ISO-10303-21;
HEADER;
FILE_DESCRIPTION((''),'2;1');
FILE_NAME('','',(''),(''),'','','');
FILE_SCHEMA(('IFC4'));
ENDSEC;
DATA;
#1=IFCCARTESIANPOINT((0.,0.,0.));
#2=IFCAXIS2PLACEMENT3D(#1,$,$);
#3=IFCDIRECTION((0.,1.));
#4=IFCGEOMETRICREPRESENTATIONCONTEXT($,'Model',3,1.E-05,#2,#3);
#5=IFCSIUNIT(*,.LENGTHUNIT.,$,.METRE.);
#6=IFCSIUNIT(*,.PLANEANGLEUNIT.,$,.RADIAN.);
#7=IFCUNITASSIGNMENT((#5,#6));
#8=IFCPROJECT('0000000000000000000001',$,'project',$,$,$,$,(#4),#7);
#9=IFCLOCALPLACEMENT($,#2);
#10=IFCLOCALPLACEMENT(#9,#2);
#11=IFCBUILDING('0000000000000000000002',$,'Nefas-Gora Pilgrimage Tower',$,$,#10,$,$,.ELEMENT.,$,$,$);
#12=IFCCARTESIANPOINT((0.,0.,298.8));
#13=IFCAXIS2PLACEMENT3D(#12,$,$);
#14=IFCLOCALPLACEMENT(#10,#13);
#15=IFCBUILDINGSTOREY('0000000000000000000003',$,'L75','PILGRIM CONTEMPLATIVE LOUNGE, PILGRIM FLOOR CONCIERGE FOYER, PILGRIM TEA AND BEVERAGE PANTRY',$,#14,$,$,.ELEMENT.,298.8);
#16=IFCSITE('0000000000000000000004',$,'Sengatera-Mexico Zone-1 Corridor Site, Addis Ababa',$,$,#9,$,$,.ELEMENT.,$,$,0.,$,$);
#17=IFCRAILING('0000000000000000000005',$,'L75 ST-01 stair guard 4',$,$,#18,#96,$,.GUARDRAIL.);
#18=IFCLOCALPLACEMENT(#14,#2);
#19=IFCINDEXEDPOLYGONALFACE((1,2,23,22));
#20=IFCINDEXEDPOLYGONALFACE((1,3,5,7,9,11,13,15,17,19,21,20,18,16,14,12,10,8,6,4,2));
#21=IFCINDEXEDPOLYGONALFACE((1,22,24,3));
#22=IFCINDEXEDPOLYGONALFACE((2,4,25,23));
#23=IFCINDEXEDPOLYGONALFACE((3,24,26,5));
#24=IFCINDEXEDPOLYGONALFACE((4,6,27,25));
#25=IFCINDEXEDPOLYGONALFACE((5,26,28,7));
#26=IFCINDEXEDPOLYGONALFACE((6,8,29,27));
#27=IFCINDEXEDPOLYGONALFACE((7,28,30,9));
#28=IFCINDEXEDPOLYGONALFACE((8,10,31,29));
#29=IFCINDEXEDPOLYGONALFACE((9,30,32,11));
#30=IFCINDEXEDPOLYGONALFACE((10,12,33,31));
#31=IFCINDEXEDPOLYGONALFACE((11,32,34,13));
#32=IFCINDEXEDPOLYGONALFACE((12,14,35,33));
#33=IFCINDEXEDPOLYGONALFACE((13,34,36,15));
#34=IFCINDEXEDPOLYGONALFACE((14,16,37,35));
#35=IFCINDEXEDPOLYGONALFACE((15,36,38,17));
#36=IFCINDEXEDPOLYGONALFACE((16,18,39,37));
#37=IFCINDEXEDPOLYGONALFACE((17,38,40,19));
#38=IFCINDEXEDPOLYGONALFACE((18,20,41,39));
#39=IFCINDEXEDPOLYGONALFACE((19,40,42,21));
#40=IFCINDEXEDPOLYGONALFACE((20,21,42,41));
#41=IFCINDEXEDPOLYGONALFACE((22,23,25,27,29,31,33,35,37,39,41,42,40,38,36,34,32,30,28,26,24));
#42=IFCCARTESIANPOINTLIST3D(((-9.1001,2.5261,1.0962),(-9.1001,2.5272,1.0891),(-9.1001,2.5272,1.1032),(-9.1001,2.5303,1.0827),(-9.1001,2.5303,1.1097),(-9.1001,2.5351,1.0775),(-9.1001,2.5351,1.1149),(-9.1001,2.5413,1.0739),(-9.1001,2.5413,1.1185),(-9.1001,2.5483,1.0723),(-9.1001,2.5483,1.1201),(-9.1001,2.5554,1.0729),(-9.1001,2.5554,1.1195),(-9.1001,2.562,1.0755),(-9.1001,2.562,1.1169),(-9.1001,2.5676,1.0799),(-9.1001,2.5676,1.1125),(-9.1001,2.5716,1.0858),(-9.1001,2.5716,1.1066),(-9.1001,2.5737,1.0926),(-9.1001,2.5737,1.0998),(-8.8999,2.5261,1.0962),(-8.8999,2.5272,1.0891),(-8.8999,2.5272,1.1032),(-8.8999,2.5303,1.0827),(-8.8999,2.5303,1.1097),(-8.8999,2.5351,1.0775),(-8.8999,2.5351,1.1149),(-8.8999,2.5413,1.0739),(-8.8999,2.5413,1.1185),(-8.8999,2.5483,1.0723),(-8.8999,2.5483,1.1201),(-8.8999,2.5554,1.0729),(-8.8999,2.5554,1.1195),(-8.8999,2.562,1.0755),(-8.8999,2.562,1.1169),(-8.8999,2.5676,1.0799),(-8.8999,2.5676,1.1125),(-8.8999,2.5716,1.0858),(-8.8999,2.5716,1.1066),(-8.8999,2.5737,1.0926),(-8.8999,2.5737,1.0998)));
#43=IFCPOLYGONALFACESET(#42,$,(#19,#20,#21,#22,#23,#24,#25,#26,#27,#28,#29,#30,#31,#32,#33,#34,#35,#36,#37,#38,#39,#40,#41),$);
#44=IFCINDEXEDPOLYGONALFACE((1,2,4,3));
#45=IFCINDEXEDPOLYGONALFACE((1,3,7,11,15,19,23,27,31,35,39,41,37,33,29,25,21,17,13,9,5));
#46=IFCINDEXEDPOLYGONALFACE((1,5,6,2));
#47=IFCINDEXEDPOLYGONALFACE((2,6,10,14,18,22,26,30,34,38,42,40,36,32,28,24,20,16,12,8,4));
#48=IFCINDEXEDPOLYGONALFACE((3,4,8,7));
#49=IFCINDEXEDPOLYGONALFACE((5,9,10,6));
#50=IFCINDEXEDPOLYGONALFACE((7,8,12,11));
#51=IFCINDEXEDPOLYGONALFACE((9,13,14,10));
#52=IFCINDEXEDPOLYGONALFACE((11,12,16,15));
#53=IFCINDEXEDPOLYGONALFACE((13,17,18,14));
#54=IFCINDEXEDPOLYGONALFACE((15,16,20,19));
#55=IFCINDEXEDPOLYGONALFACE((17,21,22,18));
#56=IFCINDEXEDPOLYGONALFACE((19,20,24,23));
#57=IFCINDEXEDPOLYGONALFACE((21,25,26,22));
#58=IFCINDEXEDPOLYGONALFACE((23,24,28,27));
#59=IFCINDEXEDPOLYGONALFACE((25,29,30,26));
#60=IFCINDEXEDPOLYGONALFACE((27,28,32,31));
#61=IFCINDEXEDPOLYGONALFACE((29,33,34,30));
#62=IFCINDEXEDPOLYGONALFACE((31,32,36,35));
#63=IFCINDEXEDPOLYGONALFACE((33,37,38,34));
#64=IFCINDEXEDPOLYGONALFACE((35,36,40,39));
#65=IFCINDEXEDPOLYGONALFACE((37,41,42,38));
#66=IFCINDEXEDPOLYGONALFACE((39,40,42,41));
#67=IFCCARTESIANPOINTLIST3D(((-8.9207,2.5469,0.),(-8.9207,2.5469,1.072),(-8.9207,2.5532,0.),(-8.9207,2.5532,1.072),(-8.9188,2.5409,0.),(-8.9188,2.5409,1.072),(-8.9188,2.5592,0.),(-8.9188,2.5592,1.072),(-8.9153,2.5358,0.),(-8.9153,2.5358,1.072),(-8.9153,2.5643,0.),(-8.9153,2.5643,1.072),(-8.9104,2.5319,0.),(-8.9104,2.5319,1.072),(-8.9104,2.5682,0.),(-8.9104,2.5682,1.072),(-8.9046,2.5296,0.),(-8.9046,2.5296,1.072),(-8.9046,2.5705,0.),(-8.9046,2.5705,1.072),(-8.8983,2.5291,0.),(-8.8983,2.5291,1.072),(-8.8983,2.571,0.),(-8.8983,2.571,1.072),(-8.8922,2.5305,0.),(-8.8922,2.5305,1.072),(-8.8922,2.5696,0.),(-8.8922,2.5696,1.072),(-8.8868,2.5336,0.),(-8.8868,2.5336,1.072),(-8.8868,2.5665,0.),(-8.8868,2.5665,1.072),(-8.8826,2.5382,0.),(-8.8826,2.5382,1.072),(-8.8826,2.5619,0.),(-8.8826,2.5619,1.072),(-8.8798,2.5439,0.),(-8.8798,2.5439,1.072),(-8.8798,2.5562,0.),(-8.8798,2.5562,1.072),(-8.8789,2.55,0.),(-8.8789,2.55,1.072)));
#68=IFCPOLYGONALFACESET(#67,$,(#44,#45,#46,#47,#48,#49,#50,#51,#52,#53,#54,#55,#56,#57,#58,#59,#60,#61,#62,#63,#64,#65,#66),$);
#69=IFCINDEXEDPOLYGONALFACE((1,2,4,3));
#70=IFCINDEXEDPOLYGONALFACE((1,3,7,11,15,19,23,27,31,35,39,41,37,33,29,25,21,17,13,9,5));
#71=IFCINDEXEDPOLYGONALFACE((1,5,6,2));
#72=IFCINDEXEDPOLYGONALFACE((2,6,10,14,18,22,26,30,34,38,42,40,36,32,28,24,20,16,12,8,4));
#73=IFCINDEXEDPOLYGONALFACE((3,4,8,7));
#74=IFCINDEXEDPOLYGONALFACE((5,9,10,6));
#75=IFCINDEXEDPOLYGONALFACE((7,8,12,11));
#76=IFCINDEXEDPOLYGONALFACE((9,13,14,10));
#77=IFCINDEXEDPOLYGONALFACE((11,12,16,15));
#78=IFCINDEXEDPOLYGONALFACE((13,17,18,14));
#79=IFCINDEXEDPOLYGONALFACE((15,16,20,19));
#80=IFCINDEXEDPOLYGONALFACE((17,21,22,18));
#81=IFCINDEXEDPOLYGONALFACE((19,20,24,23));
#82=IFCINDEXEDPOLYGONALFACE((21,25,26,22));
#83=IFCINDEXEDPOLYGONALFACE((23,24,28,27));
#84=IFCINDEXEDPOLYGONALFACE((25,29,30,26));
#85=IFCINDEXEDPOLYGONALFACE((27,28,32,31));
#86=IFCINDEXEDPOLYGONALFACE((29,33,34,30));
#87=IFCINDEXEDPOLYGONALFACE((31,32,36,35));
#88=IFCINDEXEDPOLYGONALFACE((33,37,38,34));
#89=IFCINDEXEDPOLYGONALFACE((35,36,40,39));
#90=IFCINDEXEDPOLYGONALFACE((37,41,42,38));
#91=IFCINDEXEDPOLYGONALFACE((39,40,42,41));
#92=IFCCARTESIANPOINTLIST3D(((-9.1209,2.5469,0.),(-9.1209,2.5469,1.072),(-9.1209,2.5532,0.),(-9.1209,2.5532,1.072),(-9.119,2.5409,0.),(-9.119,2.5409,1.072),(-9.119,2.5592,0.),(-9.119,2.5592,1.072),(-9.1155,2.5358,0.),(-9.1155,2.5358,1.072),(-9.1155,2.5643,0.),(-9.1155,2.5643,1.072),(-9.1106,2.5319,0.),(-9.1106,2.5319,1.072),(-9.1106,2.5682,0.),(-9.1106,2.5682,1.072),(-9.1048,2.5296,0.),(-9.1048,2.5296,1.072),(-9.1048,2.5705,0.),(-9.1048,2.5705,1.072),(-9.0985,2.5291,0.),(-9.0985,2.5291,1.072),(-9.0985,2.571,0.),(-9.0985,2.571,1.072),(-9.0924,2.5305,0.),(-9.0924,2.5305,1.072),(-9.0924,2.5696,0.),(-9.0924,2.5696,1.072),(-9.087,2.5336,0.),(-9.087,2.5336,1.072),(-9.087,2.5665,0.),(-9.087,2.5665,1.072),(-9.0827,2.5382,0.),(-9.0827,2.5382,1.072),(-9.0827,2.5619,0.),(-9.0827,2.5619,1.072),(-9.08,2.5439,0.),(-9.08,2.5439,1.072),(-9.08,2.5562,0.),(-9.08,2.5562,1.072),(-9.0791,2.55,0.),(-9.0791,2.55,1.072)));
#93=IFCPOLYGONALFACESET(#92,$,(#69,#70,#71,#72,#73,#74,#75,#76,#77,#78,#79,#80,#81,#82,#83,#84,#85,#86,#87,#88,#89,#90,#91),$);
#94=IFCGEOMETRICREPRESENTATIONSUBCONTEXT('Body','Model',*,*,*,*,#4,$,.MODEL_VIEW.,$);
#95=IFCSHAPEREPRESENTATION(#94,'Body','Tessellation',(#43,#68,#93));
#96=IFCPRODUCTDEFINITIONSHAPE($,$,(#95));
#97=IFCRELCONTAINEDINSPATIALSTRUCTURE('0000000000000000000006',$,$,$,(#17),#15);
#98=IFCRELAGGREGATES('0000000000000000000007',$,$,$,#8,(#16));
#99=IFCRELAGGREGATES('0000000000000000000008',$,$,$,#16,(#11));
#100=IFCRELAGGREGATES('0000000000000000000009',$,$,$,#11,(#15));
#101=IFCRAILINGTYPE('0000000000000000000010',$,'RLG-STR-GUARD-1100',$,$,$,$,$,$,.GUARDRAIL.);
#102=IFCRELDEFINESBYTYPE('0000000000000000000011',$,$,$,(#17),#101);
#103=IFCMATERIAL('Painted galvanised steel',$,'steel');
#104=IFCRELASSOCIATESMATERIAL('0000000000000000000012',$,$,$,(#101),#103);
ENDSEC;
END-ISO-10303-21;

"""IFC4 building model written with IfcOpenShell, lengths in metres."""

from ifc_helpers import new_model, si_unit, direction, frame, origin, origin_2d, place, context, subcontext, project, spatial, circle, extrude, material, type_object, element, save


model = new_model("IFC4")

# Units and contexts
model_context = context("Model", 3, precision=1e-05, world=origin(), true_north=direction((0.0, 1.0)))
body_context = subcontext(model_context, "Body", "Model", "MODEL_VIEW")
ifc_project = project(units=[si_unit("LENGTHUNIT", "METRE"), si_unit("PLANEANGLEUNIT", "RADIAN")], contexts=[model_context])

# Site, building, storey
site_placement = place(None, origin())
site = spatial("IfcSite", under=ifc_project, at=site_placement, Name="Sengatera-Mexico Zone-1 Corridor Site, Addis Ababa", CompositionType="ELEMENT", RefElevation=0.0)
building_placement = place(site_placement, origin())
building = spatial("IfcBuilding", under=site, at=building_placement, Name="Nefas-Gora Pilgrimage Tower", CompositionType="ELEMENT")
storey_placement = place(building_placement, frame((0.0, 0.0, 298.8)))
storey = spatial("IfcBuildingStorey", under=building, at=storey_placement, Name="L75", Description="PILGRIM CONTEMPLATIVE LOUNGE, PILGRIM FLOOR CONCIERGE FOYER, PILGRIM TEA AND BEVERAGE PANTRY", CompositionType="ELEMENT", Elevation=298.8)

# Railing
ifc_material_1 = material(Name="Painted galvanised steel", Category="steel")
railing_type_1 = type_object("IfcRailingType", Name="RLG-STR-GUARD-1100", PredefinedType="GUARDRAIL", material=ifc_material_1)
railing_1_placement = place(storey_placement, frame((-8.8999, 2.55, 0.0)))
element("IfcRailing", 1, at=railing_1_placement, inside=storey, type_object=railing_type_1, Name="L75 ST-01 stair guard 4", PredefinedType="GUARDRAIL", context=body_context, shape_type="SweptSolid", body=[
    extrude(circle(Radius=0.0239, at=origin_2d()), frame((0.0, 0.0, 1.0962), z_axis=(-1.0, 0.0, 0.0), x_axis=(0.0, -1.0, 0.0)), (0.0, 0.0, 1.0), 0.2002),
    extrude(circle(Radius=0.021, at=origin_2d()), origin(), (0.0, 0.0, 1.0), 1.072),
    extrude(circle(Radius=0.021, at=origin_2d()), frame((-0.2002, 0.0, 0.0)), (0.0, 0.0, 1.0), 1.072),
])

save(model, "model.ifc")
